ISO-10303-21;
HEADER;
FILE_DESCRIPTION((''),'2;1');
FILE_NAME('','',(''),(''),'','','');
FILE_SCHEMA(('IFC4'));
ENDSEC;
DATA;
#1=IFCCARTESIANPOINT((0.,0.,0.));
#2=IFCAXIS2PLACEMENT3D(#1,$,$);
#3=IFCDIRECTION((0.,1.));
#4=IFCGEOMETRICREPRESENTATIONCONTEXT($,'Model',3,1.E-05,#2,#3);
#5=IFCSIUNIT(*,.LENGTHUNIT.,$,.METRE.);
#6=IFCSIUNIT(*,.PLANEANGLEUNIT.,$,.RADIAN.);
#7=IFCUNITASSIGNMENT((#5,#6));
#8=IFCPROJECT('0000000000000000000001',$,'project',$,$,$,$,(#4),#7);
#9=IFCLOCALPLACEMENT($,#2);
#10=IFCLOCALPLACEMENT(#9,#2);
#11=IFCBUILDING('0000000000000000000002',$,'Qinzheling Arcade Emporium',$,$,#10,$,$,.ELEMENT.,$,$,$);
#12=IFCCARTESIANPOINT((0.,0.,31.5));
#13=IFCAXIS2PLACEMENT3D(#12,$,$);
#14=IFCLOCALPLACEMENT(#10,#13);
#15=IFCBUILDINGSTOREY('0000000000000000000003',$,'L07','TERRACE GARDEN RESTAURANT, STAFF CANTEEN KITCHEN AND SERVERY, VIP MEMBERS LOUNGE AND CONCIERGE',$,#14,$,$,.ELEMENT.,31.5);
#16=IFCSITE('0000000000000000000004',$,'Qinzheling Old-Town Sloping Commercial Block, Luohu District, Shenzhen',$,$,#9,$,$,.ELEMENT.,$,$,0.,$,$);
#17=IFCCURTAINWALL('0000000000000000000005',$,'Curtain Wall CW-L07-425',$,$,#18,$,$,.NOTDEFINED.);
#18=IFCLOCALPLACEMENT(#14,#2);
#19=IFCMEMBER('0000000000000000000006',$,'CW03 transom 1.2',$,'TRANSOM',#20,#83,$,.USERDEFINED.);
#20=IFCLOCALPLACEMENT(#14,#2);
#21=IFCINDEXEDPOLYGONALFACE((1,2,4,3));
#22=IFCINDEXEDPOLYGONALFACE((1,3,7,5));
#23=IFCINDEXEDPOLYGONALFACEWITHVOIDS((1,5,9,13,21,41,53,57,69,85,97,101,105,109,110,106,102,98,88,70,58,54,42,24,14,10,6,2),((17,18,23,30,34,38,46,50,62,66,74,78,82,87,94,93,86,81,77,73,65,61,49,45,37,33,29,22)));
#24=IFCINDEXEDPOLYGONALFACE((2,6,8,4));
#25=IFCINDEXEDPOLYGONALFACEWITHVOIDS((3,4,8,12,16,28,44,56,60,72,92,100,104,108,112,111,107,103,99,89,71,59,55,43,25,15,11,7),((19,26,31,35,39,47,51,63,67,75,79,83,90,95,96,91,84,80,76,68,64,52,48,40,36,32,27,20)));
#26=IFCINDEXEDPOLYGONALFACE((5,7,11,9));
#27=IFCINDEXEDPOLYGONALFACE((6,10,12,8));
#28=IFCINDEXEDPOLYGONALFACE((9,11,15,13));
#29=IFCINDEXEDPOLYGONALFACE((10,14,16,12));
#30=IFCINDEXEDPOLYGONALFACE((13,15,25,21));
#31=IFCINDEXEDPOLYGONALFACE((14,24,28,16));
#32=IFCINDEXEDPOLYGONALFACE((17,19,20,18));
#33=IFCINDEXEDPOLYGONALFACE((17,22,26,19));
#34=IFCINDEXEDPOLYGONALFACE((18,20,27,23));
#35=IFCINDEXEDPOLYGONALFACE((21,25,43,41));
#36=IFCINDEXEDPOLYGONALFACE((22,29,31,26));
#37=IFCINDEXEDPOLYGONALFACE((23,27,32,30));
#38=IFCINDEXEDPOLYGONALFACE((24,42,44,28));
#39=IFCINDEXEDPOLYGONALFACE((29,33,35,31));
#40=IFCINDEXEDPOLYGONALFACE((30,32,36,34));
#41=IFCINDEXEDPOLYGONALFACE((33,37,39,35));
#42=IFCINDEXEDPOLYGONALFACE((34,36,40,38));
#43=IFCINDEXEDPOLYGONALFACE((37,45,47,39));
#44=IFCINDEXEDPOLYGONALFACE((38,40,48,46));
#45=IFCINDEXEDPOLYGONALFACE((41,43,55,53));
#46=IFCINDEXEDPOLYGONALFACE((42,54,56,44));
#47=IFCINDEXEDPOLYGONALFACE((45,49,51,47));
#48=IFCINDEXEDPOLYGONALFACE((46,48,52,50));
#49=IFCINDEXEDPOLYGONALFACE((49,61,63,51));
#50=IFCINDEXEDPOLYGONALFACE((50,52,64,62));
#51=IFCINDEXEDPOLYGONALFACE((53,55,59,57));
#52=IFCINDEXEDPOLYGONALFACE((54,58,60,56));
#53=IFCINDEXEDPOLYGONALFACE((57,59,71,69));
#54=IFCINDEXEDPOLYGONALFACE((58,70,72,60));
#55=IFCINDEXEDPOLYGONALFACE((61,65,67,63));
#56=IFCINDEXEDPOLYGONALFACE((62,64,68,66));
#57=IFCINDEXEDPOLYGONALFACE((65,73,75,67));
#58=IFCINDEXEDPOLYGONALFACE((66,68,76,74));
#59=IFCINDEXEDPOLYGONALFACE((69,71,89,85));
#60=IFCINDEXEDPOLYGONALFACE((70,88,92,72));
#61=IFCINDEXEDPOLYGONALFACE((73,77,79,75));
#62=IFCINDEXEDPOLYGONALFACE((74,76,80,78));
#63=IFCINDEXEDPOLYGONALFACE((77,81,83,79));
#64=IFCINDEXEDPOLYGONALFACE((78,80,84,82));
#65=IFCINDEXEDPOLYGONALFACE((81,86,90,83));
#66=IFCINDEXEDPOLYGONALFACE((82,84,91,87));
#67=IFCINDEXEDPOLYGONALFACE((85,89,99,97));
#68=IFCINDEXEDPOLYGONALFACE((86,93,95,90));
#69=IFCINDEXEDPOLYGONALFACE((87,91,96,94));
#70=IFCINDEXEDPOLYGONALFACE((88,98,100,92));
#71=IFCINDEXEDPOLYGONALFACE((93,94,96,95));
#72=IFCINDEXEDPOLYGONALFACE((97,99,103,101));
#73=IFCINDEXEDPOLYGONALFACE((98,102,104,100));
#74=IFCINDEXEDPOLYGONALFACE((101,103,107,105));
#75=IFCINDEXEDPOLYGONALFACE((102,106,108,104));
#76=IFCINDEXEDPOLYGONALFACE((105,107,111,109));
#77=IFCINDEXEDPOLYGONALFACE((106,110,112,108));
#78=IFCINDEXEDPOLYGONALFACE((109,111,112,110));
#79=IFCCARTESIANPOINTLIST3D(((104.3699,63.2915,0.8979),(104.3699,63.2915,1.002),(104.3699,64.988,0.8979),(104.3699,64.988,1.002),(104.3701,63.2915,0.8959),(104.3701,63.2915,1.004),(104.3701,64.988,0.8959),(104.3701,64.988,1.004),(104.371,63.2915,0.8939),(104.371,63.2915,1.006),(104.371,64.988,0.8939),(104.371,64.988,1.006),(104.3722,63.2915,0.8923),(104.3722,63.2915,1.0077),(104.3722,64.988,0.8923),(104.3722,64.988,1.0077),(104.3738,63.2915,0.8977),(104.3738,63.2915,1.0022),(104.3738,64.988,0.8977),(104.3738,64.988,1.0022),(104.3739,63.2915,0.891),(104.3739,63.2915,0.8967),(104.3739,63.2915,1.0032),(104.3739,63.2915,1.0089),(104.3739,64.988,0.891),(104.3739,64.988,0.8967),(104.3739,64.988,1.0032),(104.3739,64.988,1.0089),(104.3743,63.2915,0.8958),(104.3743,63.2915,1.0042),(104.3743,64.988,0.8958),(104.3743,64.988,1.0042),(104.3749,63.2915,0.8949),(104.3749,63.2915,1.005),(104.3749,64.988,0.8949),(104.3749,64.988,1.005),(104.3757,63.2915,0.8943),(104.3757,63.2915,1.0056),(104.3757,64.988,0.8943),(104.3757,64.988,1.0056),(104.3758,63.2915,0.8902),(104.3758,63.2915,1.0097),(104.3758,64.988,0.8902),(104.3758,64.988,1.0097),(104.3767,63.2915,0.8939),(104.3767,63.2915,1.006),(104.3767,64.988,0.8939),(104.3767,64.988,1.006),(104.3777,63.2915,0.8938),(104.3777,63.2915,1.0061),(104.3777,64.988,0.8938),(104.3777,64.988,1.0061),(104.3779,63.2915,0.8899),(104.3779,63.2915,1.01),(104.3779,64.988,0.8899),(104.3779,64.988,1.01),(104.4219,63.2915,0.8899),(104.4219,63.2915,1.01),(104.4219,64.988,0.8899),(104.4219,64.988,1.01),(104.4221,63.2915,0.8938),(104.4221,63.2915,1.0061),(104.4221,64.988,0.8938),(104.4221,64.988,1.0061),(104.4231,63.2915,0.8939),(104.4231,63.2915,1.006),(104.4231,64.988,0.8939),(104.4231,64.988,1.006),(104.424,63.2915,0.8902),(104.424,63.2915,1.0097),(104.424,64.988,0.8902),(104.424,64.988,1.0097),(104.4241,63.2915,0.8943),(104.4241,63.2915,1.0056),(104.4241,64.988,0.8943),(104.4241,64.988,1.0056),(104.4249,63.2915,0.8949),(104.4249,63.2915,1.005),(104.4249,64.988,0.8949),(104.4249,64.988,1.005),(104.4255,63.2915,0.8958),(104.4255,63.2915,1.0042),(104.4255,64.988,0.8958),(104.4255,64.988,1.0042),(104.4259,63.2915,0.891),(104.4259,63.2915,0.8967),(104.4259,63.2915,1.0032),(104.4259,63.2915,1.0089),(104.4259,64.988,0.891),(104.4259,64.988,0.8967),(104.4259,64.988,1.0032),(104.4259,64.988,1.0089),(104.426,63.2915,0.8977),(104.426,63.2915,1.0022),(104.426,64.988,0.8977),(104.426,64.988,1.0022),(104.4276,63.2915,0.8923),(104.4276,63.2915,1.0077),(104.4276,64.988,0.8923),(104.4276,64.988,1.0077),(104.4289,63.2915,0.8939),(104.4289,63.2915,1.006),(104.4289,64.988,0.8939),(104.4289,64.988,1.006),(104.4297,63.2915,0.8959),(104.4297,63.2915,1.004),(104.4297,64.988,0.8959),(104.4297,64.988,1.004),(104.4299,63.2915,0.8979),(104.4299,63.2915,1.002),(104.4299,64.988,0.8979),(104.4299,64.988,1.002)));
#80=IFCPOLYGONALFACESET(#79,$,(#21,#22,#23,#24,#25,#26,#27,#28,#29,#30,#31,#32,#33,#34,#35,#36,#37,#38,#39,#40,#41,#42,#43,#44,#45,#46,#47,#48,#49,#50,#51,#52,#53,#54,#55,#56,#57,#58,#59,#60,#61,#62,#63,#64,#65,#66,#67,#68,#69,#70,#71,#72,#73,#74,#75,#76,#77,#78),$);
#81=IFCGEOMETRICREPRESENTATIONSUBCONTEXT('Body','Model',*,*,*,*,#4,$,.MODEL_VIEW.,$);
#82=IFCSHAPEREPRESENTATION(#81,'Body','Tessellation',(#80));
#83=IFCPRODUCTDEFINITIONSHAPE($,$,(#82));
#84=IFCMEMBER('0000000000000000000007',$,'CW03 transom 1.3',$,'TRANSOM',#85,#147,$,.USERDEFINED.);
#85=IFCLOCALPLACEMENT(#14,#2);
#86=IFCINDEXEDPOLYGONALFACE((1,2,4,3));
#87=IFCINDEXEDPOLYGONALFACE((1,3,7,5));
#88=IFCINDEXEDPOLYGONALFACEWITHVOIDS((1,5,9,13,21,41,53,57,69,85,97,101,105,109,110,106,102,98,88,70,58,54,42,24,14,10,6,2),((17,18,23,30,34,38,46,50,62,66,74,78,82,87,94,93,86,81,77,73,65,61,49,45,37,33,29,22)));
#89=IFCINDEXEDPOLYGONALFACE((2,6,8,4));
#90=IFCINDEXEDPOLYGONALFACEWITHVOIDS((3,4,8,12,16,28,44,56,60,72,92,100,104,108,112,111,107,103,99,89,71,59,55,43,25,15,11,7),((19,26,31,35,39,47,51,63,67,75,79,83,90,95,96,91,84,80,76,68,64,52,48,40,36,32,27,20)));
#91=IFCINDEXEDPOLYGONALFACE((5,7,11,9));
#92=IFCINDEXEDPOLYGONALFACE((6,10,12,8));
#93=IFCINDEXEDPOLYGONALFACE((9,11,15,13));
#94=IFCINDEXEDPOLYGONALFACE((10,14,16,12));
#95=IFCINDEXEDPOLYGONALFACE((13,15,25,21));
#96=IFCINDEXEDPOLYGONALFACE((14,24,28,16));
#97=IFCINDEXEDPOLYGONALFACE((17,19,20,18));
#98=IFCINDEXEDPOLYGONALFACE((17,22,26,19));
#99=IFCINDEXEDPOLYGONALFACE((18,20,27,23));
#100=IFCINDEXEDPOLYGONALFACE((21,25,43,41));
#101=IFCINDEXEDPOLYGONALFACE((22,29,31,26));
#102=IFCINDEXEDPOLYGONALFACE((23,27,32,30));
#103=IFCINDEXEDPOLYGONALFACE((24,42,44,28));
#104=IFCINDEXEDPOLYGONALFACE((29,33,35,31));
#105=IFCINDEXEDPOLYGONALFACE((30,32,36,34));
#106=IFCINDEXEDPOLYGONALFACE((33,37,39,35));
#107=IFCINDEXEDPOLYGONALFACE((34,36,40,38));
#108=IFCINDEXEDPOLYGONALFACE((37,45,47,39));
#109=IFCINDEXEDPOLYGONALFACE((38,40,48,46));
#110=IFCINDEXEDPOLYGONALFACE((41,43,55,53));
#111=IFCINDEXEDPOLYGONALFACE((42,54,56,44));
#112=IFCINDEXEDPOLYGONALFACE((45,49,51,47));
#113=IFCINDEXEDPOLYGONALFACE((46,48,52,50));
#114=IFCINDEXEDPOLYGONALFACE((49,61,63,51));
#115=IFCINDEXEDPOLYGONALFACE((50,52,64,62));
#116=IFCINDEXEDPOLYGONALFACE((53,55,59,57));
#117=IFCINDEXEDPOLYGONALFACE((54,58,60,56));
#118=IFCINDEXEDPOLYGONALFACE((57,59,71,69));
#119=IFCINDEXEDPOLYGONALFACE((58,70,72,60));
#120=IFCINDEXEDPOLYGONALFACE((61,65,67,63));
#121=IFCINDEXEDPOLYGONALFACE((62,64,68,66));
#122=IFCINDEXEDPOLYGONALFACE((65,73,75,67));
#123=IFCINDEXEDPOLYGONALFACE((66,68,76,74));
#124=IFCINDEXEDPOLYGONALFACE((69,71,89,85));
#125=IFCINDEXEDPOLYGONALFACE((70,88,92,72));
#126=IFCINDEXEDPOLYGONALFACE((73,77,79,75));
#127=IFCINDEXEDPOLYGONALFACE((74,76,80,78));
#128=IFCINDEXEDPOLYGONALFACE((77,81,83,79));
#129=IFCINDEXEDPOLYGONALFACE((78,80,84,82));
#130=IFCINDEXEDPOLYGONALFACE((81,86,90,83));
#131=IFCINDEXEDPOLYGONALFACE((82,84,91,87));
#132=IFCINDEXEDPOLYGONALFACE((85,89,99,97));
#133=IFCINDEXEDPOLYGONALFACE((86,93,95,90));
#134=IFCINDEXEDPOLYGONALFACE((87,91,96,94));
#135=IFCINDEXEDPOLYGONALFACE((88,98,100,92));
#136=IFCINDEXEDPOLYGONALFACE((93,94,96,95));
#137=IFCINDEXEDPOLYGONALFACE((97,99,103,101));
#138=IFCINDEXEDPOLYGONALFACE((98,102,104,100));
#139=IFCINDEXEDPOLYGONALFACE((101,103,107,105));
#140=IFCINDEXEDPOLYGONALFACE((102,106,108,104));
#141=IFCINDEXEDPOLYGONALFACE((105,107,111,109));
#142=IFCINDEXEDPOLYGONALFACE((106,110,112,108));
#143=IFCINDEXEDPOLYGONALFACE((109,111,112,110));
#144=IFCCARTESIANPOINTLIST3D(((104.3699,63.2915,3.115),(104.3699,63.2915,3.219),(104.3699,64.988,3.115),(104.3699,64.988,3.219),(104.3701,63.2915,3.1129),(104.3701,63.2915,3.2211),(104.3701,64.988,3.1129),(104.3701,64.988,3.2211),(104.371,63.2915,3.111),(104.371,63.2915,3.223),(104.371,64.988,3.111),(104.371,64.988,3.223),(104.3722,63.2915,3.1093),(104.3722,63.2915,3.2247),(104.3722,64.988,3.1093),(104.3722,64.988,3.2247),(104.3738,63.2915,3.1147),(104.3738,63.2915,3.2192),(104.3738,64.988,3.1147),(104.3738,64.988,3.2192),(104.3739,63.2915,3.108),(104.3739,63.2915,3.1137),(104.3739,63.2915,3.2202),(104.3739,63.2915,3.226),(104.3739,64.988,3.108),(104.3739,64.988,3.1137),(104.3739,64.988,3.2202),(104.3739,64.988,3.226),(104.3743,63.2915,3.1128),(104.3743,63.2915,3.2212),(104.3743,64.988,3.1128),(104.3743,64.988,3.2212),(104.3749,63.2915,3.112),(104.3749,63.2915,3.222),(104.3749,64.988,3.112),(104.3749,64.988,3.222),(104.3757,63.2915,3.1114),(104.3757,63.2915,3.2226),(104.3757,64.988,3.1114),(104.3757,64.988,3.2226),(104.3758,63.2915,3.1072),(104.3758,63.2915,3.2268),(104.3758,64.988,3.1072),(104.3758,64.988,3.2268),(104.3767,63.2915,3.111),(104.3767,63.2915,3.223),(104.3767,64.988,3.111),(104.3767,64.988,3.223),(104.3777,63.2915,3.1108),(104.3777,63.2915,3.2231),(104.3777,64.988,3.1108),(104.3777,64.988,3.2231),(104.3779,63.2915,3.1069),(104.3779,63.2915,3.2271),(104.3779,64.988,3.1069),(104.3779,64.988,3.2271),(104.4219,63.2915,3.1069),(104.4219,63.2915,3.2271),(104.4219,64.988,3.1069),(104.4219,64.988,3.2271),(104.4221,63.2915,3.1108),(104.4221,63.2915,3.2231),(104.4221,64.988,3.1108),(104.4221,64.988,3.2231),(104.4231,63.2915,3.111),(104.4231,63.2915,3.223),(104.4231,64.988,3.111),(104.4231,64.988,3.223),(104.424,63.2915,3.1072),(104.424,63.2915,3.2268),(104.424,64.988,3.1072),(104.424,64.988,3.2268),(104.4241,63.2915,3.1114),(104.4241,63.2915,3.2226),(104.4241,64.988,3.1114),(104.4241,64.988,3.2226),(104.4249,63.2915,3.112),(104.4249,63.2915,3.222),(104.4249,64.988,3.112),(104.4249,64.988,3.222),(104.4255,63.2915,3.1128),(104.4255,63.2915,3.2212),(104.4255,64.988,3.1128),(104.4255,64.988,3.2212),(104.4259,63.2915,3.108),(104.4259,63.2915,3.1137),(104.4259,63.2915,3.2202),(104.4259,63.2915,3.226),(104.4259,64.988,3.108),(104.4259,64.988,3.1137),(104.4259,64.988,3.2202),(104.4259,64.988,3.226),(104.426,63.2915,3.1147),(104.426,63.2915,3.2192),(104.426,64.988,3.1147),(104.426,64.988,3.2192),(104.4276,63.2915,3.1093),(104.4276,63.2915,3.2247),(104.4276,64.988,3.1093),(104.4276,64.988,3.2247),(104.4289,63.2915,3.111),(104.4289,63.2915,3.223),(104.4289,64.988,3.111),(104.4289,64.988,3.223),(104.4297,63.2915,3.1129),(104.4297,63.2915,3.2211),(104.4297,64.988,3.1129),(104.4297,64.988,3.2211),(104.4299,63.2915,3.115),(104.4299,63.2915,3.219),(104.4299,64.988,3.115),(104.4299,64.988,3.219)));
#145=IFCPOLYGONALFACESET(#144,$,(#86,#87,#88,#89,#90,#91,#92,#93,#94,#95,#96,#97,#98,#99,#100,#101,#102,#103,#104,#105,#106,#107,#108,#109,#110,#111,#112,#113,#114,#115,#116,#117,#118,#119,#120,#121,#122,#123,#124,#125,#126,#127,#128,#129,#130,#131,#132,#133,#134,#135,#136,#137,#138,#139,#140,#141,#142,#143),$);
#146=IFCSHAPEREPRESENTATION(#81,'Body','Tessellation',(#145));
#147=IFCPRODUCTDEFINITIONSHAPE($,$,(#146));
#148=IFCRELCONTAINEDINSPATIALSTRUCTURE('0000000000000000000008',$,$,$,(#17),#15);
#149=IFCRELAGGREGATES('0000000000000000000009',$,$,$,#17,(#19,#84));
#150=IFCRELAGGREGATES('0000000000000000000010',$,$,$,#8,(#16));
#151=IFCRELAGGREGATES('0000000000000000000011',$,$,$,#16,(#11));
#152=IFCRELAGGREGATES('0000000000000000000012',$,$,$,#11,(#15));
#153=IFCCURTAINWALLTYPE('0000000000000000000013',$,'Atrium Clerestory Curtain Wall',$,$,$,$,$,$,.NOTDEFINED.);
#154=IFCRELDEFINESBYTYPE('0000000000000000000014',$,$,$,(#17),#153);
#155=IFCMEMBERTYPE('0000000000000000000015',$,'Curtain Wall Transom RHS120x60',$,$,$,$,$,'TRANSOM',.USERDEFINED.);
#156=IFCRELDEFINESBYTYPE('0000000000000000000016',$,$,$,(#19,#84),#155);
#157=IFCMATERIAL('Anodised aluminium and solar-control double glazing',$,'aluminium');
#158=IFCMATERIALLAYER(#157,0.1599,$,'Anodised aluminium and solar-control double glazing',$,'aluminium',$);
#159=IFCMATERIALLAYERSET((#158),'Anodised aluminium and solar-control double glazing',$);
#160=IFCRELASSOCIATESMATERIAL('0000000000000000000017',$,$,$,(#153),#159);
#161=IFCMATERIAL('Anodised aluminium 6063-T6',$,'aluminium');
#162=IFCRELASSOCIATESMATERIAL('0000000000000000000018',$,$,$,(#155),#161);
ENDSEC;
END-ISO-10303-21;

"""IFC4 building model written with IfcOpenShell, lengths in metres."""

from ifc_helpers import new_model, si_unit, direction, frame, origin, origin_2d, place, context, subcontext, project, spatial, hollow_rectangle, extrude, material, layer, layer_set, material_profile, profile_set, type_object, element, aggregate, save


model = new_model("IFC4")

# Units and contexts
model_context = context("Model", 3, precision=1e-05, world=origin(), true_north=direction((0.0, 1.0)))
body_context = subcontext(model_context, "Body", "Model", "MODEL_VIEW")
ifc_project = project(units=[si_unit("LENGTHUNIT", "METRE"), si_unit("PLANEANGLEUNIT", "RADIAN")], contexts=[model_context])

# Site, building, storey
site_placement = place(None, origin())
site = spatial("IfcSite", under=ifc_project, at=site_placement, Name="Qinzheling Old-Town Sloping Commercial Block, Luohu District, Shenzhen", CompositionType="ELEMENT", RefElevation=0.0)
building_placement = place(site_placement, origin())
building = spatial("IfcBuilding", under=site, at=building_placement, Name="Qinzheling Arcade Emporium", CompositionType="ELEMENT")
storey_placement = place(building_placement, frame((0.0, 0.0, 31.5)))
storey = spatial("IfcBuildingStorey", under=building, at=storey_placement, Name="L07", Description="TERRACE GARDEN RESTAURANT, STAFF CANTEEN KITCHEN AND SERVERY, VIP MEMBERS LOUNGE AND CONCIERGE", CompositionType="ELEMENT", Elevation=31.5)

# Shared definitions
ifc_material_1 = material(Name="Anodised aluminium and solar-control double glazing", Category="aluminium")
ifc_layer_1 = layer(ifc_material_1, 0.1599, Name="Anodised aluminium and solar-control double glazing", Category="aluminium")
ifc_layer_set_1 = layer_set([ifc_layer_1], Name="Anodised aluminium and solar-control double glazing")
curtain_wall_type = type_object("IfcCurtainWallType", Name="Atrium Clerestory Curtain Wall", PredefinedType="NOTDEFINED", material=ifc_layer_set_1)
ifc_material_2 = material(Name="Anodised aluminium 6063-T6", Category="aluminium")

# Curtain wall
curtain_wall_1_placement = place(storey_placement, origin())
curtain_wall_1 = element("IfcCurtainWall", 1, at=curtain_wall_1_placement, inside=storey, type_object=curtain_wall_type, Name="Curtain Wall CW-L07-425", PredefinedType="NOTDEFINED")

# Members
ifc_material_profile_1 = material_profile(ifc_material_2, hollow_rectangle(XDim=0.0601, YDim=0.1201, WallThickness=0.0039, InnerFilletRadius=0.0039, OuterFilletRadius=0.0081, at=origin_2d()), Name="RHS 120x60x4", Category="aluminium")
ifc_profile_set_1 = profile_set([ifc_material_profile_1], Name="Anodised aluminium 6063-T6")
member_type_1 = type_object("IfcMemberType", Name="Curtain Wall Transom RHS120x60", ElementType="TRANSOM", PredefinedType="USERDEFINED", material=ifc_profile_set_1)
member_1_placement = place(storey_placement, frame((104.3999, 64.988, 0.95), z_axis=(0.0, -1.0, 0.0), x_axis=(1.0, 0.0, 0.0)))
member_1 = element("IfcMember", 2, at=member_1_placement, type_object=member_type_1, Name="CW03 transom 1.2", ObjectType="TRANSOM", PredefinedType="USERDEFINED", context=body_context, shape_type="SweptSolid", body=[
    extrude(hollow_rectangle(XDim=0.0601, YDim=0.1201, WallThickness=0.0039, InnerFilletRadius=0.0039, OuterFilletRadius=0.0081, at=origin_2d()), origin(), (0.0, 0.0, 1.0), 1.6965),
])
member_2_placement = place(storey_placement, frame((104.3999, 64.988, 3.167), z_axis=(0.0, -1.0, 0.0), x_axis=(1.0, 0.0, 0.0)))
member_2 = element("IfcMember", 3, at=member_2_placement, type_object=member_type_1, Name="CW03 transom 1.3", ObjectType="TRANSOM", PredefinedType="USERDEFINED", context=body_context, shape_type="SweptSolid", body=[
    extrude(hollow_rectangle(XDim=0.0601, YDim=0.1201, WallThickness=0.0039, InnerFilletRadius=0.0039, OuterFilletRadius=0.0081, at=origin_2d()), origin(), (0.0, 0.0, 1.0), 1.6965),
])

aggregate(curtain_wall_1, [member_1, member_2])

save(model, "model.ifc")
